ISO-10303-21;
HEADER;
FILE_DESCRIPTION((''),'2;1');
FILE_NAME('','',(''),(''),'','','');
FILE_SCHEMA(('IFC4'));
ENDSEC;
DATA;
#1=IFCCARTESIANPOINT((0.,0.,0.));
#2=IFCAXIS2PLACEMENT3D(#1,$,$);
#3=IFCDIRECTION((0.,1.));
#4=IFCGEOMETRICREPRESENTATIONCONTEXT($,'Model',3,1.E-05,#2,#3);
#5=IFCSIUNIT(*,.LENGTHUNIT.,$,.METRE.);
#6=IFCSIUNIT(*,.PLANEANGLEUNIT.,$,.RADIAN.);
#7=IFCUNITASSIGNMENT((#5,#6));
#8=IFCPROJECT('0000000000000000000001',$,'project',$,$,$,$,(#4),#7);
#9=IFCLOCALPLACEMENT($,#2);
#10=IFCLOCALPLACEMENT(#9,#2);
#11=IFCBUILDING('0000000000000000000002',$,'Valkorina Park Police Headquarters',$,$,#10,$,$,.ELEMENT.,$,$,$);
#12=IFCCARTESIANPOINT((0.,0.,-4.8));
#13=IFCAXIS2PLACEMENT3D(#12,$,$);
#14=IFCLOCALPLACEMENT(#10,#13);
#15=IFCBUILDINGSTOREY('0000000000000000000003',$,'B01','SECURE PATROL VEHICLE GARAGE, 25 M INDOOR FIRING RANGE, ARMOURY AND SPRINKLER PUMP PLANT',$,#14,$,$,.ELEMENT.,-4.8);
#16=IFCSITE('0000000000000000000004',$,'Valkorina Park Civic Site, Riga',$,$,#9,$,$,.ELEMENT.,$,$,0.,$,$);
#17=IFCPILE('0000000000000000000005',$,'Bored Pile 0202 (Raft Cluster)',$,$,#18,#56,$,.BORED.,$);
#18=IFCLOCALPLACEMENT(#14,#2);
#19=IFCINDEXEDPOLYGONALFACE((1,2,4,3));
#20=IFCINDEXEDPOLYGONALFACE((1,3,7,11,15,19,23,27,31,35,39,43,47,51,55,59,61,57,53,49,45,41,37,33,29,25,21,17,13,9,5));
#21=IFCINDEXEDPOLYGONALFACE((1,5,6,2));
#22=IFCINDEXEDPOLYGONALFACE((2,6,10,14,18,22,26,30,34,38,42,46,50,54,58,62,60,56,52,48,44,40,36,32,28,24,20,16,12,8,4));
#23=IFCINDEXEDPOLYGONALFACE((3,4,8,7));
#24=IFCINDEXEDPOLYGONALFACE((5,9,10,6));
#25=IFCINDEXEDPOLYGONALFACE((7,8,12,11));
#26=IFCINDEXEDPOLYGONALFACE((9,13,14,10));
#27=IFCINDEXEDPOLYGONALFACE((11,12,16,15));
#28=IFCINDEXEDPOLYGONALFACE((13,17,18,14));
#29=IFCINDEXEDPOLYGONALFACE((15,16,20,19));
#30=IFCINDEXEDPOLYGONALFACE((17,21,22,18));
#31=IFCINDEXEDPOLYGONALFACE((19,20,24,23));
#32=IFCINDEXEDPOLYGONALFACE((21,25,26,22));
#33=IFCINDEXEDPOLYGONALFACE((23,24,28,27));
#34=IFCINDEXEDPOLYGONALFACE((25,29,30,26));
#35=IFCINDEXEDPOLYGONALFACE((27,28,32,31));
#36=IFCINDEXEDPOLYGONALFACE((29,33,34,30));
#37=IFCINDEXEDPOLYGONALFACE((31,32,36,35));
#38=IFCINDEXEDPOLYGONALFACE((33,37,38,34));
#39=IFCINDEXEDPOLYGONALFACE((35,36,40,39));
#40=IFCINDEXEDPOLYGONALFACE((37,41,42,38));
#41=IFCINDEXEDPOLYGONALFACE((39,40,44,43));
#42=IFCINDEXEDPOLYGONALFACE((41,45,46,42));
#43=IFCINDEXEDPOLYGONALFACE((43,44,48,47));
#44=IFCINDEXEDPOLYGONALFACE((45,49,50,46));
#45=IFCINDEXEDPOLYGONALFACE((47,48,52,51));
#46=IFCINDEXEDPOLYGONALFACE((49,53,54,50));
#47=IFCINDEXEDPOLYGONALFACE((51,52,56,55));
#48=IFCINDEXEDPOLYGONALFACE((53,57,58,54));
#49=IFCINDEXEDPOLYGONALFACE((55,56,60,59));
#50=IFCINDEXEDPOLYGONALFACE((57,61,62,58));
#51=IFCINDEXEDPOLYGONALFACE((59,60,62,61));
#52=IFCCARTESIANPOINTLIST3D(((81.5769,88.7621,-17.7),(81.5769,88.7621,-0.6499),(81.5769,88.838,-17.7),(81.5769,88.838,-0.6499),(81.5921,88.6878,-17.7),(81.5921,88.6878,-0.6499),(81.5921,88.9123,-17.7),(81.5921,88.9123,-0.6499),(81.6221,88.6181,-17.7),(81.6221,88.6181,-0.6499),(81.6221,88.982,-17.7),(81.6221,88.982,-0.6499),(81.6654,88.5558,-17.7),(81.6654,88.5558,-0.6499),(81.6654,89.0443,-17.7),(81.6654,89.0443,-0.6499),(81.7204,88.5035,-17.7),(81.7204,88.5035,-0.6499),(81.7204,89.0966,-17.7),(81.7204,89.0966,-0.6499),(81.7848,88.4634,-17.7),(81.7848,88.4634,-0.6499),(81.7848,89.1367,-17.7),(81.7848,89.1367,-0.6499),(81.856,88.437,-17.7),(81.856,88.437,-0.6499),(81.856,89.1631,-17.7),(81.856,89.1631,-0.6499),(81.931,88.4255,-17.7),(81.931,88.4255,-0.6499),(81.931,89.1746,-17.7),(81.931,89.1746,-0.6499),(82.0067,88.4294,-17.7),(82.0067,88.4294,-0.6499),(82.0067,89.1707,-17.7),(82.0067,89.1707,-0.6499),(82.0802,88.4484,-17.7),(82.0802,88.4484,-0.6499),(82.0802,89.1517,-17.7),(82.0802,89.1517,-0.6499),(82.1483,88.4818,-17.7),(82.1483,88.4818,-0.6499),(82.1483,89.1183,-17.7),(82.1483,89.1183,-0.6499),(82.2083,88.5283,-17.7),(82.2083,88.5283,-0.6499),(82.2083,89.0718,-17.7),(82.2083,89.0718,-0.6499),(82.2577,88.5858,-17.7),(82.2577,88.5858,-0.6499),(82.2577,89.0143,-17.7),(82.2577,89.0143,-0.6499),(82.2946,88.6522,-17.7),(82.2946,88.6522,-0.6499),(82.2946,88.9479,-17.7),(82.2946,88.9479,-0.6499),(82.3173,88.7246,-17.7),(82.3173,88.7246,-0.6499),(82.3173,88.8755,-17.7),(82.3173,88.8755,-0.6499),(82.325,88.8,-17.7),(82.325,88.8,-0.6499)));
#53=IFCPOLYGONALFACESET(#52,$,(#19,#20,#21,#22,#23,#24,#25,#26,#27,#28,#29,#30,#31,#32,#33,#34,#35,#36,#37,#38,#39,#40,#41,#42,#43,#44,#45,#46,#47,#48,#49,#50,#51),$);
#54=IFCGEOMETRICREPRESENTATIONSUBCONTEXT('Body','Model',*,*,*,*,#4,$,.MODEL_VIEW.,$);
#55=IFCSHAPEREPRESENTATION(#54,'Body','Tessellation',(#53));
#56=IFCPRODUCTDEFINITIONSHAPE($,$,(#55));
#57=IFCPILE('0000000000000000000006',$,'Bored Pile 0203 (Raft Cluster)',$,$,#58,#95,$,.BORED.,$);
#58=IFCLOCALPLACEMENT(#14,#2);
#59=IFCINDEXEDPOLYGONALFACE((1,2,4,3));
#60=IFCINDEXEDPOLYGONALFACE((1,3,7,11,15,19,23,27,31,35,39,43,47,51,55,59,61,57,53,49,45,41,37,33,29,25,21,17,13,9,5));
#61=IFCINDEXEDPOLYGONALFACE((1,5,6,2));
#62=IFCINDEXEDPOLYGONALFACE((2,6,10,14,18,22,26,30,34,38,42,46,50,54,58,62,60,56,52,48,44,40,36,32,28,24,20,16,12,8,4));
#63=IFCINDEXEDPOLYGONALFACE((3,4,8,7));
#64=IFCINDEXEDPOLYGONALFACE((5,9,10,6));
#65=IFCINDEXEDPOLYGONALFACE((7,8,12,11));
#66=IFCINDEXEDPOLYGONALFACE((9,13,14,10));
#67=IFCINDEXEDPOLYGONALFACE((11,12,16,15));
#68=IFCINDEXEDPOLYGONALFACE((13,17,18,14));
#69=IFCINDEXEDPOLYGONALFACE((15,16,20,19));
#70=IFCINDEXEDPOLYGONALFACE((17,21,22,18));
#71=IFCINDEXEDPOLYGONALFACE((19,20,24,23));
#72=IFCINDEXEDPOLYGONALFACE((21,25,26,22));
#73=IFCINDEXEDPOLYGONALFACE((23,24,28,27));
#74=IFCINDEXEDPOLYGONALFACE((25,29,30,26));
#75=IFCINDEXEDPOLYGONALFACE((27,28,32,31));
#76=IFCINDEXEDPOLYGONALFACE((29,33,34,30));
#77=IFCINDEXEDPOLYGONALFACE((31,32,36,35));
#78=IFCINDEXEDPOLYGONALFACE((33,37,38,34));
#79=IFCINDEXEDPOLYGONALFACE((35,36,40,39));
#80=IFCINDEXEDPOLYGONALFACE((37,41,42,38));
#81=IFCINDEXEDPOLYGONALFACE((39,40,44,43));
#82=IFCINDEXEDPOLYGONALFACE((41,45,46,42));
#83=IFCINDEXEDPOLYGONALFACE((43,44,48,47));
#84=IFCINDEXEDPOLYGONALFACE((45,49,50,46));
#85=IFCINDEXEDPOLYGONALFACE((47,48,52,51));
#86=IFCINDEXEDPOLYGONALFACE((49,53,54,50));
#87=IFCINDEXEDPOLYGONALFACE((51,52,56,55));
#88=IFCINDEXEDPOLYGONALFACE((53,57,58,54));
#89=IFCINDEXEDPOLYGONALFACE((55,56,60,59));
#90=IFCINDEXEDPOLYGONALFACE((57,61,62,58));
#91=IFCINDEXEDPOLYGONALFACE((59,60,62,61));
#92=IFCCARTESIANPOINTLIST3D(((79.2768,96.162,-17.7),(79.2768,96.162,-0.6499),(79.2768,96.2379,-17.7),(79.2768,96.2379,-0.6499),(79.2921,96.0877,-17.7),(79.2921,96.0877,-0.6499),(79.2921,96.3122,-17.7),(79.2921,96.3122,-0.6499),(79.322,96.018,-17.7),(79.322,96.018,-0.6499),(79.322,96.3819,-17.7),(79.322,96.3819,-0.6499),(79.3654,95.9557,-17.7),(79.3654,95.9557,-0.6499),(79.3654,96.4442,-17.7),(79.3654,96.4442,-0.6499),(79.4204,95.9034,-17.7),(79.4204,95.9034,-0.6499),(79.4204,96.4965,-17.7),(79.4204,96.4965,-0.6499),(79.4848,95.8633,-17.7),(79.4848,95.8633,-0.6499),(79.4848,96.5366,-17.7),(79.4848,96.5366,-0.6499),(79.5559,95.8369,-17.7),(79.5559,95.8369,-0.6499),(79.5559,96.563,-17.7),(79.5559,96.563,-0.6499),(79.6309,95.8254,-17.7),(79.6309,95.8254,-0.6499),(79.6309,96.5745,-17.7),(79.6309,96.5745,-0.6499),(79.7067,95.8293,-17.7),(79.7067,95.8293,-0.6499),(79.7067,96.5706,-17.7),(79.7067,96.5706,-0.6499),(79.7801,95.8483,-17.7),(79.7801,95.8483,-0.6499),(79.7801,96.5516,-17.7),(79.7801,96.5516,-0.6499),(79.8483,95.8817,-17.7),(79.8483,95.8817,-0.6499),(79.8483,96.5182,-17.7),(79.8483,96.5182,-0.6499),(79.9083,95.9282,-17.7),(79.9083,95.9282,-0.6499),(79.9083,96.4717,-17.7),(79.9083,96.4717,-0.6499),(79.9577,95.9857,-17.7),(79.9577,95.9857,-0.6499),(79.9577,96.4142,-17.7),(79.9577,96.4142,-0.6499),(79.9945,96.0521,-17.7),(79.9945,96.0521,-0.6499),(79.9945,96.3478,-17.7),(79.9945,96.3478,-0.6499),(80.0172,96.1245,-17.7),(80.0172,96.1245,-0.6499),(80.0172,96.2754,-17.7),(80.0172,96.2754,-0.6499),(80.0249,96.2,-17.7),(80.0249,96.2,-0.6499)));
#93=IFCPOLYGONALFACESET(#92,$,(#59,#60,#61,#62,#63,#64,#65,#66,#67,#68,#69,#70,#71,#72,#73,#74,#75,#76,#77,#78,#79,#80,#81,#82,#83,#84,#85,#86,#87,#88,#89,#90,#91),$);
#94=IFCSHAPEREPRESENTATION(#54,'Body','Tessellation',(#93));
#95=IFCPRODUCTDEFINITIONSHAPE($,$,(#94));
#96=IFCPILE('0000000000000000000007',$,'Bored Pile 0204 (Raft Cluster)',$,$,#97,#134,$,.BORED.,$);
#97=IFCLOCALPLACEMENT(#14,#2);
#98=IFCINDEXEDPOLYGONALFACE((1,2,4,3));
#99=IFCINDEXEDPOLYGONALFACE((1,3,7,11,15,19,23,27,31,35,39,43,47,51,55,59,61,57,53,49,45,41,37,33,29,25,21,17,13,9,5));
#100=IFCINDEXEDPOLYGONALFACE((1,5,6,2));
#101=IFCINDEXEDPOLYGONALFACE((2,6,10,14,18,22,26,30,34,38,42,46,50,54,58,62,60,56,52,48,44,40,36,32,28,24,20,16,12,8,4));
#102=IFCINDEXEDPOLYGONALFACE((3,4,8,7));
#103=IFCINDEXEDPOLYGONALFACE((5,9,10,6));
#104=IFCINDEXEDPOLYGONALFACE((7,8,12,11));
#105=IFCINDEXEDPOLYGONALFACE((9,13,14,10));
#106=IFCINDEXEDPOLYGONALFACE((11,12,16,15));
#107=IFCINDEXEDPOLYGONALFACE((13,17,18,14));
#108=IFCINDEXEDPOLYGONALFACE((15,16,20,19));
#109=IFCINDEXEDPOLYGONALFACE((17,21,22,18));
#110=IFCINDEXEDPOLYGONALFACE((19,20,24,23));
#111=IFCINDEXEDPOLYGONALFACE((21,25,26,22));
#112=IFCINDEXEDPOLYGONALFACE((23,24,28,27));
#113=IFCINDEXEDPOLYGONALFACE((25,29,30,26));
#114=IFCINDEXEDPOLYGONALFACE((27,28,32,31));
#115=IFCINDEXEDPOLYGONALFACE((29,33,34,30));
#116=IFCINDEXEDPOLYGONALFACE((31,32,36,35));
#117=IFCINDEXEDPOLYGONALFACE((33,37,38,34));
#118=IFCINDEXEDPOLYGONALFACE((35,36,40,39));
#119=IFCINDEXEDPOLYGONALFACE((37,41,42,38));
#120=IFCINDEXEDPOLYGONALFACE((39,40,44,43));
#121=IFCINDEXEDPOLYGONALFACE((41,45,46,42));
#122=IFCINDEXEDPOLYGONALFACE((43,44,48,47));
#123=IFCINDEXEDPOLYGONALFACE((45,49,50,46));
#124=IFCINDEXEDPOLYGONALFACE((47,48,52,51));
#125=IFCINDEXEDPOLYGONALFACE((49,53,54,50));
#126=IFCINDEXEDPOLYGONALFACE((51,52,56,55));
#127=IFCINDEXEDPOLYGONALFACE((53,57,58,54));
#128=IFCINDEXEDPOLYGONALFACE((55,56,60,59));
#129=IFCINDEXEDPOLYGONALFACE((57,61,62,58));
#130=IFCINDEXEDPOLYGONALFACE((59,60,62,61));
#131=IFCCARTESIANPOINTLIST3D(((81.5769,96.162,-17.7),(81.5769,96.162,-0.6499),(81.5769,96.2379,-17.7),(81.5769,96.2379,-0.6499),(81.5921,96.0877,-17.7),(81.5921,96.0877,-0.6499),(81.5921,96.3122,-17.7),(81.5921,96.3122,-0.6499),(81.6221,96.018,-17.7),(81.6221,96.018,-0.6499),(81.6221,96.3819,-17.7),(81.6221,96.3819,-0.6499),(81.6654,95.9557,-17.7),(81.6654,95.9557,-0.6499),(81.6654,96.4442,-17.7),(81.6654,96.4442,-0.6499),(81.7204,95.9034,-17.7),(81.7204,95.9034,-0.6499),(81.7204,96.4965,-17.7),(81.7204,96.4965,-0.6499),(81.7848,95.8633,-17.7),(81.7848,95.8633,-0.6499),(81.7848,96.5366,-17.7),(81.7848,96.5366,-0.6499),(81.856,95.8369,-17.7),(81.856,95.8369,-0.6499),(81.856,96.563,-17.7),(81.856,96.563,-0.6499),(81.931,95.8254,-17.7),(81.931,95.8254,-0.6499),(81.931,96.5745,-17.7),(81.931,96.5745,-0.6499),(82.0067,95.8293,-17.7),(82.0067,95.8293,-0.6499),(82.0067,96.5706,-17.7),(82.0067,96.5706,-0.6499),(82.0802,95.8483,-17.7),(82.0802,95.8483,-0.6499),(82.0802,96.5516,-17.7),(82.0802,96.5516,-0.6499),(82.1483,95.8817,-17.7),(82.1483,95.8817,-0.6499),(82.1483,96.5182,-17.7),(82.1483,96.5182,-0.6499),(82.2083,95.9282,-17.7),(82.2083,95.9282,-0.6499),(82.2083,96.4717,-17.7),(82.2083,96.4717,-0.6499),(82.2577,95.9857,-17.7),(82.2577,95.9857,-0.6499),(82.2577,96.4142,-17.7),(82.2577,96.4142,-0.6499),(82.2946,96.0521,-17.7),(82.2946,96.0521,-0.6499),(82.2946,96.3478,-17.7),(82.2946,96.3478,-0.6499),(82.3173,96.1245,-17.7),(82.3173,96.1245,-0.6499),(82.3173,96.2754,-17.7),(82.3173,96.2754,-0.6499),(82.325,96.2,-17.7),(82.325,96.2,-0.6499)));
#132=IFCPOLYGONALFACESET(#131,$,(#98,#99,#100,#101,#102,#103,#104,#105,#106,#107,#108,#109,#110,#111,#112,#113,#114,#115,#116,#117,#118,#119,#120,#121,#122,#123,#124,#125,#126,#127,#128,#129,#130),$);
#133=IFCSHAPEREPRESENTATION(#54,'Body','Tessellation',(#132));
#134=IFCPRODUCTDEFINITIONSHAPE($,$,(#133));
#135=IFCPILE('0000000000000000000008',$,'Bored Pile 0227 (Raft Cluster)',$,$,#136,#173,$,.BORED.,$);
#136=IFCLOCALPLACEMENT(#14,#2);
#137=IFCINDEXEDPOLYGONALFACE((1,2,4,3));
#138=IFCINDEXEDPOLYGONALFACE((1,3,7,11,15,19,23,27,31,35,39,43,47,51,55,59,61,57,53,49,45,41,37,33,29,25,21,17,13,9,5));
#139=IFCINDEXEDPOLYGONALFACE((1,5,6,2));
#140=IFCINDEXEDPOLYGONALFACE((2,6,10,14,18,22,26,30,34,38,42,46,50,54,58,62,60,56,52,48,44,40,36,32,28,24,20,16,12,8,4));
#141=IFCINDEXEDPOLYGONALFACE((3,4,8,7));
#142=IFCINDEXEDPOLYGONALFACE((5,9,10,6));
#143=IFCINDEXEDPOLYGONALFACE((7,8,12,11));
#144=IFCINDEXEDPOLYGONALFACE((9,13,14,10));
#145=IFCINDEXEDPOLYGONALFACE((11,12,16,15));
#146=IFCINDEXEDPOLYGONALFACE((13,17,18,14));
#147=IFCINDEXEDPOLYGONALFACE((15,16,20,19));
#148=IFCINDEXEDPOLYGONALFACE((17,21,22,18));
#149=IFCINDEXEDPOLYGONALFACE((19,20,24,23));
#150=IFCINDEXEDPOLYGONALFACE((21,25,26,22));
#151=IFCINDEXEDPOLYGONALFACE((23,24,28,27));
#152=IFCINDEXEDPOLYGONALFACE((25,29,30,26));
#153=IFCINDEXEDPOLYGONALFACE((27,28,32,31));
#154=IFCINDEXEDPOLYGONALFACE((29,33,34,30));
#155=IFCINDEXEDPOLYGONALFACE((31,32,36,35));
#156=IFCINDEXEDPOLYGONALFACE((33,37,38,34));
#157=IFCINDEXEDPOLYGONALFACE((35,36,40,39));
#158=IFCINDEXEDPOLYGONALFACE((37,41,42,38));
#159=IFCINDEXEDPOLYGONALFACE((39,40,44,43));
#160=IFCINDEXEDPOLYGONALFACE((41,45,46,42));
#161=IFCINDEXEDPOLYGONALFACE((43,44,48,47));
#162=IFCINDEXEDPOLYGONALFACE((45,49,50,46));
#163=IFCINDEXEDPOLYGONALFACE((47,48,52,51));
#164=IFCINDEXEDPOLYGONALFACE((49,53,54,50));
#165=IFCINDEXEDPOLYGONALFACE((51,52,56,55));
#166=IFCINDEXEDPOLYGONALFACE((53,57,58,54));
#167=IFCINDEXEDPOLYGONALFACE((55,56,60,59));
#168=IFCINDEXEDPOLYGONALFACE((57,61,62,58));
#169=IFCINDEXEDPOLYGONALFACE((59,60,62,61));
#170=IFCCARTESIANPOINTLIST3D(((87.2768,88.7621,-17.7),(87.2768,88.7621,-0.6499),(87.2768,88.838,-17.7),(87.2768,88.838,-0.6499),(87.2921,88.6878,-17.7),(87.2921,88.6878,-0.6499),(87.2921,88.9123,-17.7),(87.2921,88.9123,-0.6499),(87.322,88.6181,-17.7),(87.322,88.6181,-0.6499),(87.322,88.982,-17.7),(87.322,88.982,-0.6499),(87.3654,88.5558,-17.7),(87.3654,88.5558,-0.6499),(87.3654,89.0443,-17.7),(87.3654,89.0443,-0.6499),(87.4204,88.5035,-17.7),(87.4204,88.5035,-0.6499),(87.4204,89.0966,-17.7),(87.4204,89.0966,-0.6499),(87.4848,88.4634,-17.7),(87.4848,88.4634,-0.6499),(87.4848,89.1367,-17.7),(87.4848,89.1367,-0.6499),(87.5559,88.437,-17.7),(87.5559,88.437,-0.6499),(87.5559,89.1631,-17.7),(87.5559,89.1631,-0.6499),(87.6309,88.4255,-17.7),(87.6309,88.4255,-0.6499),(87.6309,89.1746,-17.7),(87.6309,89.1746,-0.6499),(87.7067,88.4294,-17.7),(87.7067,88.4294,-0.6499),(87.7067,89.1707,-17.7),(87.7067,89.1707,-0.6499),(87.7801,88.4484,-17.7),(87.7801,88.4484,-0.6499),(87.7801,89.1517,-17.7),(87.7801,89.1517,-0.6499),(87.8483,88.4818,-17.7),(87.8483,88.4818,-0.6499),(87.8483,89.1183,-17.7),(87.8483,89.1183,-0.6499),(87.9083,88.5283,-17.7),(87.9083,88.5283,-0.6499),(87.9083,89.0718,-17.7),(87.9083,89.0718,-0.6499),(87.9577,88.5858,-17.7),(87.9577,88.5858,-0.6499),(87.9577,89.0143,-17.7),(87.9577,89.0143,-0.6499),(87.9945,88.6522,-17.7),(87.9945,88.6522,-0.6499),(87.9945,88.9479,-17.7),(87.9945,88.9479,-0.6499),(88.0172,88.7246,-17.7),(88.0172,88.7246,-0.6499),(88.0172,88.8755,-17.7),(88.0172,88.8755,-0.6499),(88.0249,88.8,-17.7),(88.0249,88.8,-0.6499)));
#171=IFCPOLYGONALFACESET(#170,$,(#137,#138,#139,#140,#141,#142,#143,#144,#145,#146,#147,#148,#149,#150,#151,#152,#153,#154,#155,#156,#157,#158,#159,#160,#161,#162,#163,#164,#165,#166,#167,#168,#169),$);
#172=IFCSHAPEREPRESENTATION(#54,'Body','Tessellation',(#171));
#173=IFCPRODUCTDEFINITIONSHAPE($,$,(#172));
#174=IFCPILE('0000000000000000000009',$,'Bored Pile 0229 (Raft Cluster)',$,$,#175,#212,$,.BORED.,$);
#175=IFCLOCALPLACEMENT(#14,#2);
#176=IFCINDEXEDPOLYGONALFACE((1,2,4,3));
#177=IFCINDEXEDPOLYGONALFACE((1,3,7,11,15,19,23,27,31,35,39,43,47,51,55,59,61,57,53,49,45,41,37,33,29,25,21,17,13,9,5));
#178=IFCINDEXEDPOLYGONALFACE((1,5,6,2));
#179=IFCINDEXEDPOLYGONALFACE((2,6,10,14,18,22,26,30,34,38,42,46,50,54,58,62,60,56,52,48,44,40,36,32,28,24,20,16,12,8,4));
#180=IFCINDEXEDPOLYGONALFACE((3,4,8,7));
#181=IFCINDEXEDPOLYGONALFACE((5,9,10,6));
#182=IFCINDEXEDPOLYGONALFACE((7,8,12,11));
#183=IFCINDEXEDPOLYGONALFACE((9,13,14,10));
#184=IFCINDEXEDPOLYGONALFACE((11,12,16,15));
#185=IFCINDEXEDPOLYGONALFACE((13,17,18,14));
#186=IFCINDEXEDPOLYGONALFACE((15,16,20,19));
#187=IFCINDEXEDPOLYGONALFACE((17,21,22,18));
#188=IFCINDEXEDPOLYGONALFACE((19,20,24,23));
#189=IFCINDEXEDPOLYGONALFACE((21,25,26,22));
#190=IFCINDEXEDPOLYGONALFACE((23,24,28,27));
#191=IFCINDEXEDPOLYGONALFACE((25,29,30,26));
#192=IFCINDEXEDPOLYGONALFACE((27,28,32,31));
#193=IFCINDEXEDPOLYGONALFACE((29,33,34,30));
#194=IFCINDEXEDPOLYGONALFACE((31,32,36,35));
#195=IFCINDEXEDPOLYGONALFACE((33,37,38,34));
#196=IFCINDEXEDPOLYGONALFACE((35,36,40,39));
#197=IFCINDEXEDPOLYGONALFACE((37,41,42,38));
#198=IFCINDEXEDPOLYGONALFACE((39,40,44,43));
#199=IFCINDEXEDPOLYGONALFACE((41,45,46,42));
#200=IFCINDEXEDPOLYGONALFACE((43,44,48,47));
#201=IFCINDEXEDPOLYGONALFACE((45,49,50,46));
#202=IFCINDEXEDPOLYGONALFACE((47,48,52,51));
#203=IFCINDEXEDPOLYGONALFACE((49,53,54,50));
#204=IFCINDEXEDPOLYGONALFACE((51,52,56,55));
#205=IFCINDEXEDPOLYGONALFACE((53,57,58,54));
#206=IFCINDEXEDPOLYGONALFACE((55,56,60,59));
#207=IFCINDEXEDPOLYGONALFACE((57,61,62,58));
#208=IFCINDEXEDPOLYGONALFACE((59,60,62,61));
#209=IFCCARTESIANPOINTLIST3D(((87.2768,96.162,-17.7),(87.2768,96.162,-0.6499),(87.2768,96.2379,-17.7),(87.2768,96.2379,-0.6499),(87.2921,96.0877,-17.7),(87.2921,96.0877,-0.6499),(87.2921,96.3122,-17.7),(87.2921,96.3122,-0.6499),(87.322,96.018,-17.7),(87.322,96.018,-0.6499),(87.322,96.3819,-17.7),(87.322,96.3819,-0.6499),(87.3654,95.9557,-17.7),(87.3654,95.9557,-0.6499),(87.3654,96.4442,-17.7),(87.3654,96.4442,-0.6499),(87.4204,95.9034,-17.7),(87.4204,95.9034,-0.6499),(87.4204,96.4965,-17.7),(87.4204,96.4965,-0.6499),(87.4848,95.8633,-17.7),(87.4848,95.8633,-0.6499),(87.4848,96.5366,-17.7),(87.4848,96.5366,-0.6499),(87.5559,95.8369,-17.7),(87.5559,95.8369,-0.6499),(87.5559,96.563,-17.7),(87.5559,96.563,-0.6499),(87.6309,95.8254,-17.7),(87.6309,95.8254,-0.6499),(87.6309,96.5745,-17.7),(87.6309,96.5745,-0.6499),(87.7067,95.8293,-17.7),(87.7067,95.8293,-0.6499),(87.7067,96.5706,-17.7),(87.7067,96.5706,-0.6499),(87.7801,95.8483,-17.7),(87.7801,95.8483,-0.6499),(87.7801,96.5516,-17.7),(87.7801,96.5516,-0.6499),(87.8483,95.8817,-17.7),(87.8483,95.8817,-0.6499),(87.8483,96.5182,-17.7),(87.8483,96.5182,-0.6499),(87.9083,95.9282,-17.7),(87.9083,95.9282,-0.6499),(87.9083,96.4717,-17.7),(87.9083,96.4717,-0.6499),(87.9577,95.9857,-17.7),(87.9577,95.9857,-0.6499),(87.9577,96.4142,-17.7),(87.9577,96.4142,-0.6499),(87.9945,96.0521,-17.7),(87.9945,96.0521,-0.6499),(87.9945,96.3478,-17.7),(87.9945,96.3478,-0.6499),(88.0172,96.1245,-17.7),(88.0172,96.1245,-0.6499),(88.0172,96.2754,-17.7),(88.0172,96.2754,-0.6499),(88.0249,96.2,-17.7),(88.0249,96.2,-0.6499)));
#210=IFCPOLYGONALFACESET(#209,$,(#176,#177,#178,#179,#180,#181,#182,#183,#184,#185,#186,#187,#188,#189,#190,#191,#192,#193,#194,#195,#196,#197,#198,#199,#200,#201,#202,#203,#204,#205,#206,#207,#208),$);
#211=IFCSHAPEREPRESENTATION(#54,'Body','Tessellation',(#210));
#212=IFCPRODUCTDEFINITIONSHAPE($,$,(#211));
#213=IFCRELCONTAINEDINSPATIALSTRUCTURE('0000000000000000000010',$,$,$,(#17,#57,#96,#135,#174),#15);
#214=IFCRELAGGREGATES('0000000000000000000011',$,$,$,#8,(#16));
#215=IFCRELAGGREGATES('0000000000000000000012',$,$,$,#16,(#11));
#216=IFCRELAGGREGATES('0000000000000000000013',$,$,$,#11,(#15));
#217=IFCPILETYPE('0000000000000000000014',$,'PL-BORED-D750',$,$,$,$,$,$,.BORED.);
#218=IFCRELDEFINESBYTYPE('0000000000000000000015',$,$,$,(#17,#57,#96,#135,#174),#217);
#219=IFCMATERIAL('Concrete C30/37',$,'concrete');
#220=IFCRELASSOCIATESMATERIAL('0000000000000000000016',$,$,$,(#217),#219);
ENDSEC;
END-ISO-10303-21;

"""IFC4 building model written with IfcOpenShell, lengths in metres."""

from ifc_helpers import new_model, si_unit, direction, frame, origin, origin_2d, place, context, subcontext, project, spatial, circle, extrude, material, material_profile, profile_set, type_object, element, save


model = new_model("IFC4")

# Units and contexts
model_context = context("Model", 3, precision=1e-05, world=origin(), true_north=direction((0.0, 1.0)))
body_context = subcontext(model_context, "Body", "Model", "MODEL_VIEW")
ifc_project = project(units=[si_unit("LENGTHUNIT", "METRE"), si_unit("PLANEANGLEUNIT", "RADIAN")], contexts=[model_context])

# Site, building, storey
site_placement = place(None, origin())
site = spatial("IfcSite", under=ifc_project, at=site_placement, Name="Valkorina Park Civic Site, Riga", CompositionType="ELEMENT", RefElevation=0.0)
building_placement = place(site_placement, origin())
building = spatial("IfcBuilding", under=site, at=building_placement, Name="Valkorina Park Police Headquarters", CompositionType="ELEMENT")
storey_placement = place(building_placement, frame((0.0, 0.0, -4.8)))
storey = spatial("IfcBuildingStorey", under=building, at=storey_placement, Name="B01", Description="SECURE PATROL VEHICLE GARAGE, 25 M INDOOR FIRING RANGE, ARMOURY AND SPRINKLER PUMP PLANT", CompositionType="ELEMENT", Elevation=-4.8)

# Piles
ifc_material_1 = material(Name="Concrete C30/37", Category="concrete")
ifc_material_profile_1 = material_profile(ifc_material_1, circle(Radius=0.375, at=origin_2d()), Name="BORED PILE D750")
ifc_profile_set_1 = profile_set([ifc_material_profile_1], Name="Concrete C30/37")
pile_type_1 = type_object("IfcPileType", Name="PL-BORED-D750", PredefinedType="BORED", material=ifc_profile_set_1)
for number, where, z_axis, x_axis, name in (
    (1, (81.95, 88.8, -0.6499), (0.0, 0.0, -1.0), (1.0, 0.0, 0.0), "Bored Pile 0202 (Raft Cluster)"),
    (2, (79.6499, 96.2, -0.6499), (0.0, 0.0, -1.0), (1.0, 0.0, 0.0), "Bored Pile 0203 (Raft Cluster)"),
    (3, (81.95, 96.2, -0.6499), (0.0, 0.0, -1.0), (1.0, 0.0, 0.0), "Bored Pile 0204 (Raft Cluster)"),
    (4, (87.6499, 88.8, -0.6499), (0.0, 0.0, -1.0), (1.0, 0.0, 0.0), "Bored Pile 0227 (Raft Cluster)"),
    (5, (87.6499, 96.2, -0.6499), (0.0, 0.0, -1.0), (1.0, 0.0, 0.0), "Bored Pile 0229 (Raft Cluster)"),
):
    element("IfcPile", number, at=place(storey_placement, frame(where, z_axis=z_axis, x_axis=x_axis)), inside=storey, type_object=pile_type_1, Name=name, PredefinedType="BORED", context=body_context, shape_type="SweptSolid", body=[
        extrude(circle(Radius=0.375, at=origin_2d()), origin(), (0.0, 0.0, 1.0), 17.05),
    ])

save(model, "model.ifc")
